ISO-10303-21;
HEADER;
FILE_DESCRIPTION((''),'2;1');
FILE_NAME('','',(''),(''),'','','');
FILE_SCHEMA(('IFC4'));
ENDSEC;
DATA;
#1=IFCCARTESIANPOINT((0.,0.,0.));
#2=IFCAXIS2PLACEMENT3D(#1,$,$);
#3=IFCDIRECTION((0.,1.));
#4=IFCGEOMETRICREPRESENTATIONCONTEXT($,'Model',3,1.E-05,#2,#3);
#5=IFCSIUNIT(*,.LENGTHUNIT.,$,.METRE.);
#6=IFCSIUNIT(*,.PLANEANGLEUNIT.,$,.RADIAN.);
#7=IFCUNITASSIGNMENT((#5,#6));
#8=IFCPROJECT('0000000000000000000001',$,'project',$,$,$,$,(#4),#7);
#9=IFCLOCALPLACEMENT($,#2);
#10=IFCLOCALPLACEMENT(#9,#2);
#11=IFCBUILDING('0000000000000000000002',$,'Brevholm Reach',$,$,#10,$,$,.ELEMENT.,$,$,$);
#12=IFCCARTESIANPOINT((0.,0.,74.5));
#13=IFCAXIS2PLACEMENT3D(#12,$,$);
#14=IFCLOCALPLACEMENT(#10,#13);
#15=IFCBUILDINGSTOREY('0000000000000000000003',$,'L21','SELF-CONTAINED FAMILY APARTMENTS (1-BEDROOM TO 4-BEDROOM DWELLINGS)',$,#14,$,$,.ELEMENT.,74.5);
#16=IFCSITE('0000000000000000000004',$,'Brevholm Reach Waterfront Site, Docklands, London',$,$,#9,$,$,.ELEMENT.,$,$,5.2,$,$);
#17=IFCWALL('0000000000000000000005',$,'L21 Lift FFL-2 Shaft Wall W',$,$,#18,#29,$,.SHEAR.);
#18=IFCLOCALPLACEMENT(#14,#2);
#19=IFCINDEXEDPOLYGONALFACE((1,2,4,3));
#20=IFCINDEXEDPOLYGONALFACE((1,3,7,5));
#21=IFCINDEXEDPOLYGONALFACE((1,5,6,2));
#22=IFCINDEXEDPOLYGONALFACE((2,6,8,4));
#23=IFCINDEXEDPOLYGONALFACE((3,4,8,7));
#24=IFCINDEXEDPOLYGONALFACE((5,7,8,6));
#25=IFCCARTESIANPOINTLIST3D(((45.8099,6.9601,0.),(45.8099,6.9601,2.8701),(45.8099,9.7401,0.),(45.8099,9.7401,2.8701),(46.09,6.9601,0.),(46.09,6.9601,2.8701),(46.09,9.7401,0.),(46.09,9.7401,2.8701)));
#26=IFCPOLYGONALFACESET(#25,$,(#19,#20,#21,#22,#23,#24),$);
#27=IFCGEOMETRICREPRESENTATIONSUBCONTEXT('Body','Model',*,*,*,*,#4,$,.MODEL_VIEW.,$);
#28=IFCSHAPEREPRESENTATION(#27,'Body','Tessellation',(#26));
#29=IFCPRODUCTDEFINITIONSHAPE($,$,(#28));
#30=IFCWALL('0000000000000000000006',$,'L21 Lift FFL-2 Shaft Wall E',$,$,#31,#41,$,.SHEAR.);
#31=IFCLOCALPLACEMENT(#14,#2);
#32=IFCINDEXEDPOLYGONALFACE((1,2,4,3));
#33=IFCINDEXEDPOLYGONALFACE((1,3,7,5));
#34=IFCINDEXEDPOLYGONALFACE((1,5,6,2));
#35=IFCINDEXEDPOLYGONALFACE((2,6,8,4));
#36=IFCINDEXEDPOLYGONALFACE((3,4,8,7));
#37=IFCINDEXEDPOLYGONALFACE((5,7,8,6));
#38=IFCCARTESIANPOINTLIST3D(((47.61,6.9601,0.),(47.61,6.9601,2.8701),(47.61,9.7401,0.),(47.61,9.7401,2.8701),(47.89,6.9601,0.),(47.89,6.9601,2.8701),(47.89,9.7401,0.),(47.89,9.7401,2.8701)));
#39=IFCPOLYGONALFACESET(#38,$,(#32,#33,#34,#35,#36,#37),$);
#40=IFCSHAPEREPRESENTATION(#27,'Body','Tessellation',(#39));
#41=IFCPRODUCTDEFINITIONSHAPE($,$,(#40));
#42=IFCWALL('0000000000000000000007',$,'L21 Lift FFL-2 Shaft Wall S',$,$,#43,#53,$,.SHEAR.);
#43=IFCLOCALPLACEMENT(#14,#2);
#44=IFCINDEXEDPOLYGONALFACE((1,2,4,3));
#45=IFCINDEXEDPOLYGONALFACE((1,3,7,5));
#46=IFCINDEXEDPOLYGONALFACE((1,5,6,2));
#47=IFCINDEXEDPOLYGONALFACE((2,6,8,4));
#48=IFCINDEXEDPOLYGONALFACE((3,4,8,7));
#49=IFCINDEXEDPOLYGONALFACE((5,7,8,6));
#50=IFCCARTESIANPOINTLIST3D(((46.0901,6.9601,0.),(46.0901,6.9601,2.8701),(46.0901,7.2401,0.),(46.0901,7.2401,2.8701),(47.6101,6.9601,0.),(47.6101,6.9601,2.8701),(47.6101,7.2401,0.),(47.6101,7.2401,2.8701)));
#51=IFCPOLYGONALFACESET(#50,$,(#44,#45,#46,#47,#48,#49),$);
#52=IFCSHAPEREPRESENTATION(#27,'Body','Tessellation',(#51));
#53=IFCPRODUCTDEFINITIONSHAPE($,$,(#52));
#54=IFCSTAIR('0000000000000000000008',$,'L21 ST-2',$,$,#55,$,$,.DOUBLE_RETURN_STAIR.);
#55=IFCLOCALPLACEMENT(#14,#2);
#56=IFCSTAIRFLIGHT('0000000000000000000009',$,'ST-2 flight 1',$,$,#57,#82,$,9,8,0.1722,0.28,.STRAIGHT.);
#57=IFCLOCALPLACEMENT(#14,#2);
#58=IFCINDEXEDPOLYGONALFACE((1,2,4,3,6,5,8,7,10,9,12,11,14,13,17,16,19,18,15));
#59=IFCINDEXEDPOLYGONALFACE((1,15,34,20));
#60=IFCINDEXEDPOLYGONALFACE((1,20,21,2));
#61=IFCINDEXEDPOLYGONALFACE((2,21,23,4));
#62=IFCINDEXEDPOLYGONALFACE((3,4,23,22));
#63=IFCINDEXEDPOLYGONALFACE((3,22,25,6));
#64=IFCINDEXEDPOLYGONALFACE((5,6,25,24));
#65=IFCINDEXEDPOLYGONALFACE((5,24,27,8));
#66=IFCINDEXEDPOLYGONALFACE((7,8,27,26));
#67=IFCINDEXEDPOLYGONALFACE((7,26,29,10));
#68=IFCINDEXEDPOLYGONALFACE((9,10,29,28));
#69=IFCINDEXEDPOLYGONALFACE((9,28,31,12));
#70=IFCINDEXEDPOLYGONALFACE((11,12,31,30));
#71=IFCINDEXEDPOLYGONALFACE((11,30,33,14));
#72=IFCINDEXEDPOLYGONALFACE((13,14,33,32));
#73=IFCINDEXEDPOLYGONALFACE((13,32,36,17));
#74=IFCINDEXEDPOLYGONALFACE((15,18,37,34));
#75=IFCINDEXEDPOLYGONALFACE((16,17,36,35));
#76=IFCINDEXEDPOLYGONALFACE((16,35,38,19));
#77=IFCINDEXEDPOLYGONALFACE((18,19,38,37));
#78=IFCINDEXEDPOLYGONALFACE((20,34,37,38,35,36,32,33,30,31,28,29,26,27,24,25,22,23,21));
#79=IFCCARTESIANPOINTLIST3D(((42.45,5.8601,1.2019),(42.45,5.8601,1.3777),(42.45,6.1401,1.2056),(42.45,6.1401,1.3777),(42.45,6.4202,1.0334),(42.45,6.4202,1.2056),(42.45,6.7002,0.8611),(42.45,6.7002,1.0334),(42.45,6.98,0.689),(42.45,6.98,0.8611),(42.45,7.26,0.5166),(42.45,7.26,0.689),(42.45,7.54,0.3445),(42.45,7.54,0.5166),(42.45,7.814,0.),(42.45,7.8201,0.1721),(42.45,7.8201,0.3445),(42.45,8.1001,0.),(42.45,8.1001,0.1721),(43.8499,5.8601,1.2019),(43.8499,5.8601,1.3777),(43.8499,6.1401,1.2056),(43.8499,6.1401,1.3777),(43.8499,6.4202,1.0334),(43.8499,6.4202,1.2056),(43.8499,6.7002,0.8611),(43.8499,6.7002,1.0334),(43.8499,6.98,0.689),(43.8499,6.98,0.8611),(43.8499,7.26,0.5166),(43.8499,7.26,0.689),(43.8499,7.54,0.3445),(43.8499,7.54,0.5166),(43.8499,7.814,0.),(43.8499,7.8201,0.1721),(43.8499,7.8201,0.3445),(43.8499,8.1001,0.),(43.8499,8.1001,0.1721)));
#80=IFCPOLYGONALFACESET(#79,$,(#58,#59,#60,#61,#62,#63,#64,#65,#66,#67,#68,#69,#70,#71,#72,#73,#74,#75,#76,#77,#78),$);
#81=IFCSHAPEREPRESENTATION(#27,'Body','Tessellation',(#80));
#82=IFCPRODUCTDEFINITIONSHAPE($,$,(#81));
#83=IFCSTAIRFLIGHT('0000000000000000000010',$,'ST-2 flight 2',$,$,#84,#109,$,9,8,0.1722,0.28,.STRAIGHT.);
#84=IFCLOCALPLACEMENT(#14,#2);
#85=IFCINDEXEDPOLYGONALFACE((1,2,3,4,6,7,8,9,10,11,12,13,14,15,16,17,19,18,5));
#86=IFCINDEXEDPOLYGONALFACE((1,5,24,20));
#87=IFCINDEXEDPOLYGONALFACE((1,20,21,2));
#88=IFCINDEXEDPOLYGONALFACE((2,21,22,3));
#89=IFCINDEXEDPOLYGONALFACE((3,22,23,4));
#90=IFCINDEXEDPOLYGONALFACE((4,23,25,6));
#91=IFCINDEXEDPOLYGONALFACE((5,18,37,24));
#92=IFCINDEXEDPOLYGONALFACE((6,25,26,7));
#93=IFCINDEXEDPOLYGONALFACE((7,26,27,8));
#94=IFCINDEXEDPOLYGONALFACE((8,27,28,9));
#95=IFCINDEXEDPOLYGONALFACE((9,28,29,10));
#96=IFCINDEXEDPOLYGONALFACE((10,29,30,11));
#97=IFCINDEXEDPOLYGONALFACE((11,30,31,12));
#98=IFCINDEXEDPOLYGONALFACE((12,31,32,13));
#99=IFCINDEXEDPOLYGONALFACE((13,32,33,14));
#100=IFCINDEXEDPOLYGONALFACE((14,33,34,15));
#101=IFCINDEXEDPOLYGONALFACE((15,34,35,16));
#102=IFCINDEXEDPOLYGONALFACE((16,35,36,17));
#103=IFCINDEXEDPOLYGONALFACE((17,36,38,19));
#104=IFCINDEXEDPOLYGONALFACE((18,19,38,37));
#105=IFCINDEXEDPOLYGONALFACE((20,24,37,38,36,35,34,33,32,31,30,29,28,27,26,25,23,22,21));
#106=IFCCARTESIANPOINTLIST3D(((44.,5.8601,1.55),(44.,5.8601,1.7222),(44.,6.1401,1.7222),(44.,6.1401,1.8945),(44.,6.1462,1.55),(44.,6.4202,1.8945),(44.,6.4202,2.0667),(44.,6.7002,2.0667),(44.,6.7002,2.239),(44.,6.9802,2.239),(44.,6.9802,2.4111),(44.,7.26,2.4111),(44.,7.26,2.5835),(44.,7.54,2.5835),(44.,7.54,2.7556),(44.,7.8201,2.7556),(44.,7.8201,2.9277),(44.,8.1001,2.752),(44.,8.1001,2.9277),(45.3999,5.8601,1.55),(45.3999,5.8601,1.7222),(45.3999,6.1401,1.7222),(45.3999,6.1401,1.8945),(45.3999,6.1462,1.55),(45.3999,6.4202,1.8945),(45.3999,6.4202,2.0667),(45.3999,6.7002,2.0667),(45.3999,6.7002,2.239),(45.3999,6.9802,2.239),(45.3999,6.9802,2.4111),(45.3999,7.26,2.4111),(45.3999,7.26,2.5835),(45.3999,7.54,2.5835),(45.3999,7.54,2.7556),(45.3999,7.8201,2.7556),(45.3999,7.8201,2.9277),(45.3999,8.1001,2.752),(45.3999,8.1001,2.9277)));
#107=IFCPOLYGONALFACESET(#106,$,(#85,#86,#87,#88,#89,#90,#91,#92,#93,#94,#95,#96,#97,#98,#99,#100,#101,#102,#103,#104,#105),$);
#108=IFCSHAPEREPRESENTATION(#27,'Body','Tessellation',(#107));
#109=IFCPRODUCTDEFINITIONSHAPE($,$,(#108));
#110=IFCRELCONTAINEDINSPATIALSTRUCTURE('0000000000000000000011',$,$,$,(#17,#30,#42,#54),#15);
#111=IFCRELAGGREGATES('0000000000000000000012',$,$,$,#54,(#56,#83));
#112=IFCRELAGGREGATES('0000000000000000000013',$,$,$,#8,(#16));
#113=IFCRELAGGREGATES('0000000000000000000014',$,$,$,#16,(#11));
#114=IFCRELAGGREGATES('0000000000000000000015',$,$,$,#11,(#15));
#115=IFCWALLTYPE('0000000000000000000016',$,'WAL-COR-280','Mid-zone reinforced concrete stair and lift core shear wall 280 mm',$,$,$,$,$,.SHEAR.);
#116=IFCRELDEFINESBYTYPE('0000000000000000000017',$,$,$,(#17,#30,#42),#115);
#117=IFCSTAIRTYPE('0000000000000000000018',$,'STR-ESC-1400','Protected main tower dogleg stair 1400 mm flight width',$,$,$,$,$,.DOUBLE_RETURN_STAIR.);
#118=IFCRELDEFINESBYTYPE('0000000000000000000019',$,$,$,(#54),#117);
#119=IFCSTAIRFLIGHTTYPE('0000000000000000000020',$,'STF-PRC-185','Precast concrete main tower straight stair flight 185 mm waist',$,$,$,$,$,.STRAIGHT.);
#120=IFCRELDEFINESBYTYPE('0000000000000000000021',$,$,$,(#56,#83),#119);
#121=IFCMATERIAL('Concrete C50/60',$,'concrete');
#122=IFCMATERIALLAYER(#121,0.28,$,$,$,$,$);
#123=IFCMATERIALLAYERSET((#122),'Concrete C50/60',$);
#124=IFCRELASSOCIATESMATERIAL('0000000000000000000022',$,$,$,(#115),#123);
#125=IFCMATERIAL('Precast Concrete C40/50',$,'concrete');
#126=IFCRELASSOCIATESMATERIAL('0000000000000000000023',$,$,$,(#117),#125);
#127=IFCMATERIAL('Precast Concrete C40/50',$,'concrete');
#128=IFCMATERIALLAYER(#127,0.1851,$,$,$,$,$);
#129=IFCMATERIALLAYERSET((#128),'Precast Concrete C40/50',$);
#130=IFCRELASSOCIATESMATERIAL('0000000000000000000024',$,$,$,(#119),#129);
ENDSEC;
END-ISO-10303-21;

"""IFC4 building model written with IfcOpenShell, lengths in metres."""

from ifc_helpers import new_model, si_unit, direction, frame, frame_2d, origin, place, context, subcontext, project, spatial, polyline, rectangle, outline, extrude, material, layer, layer_set, type_object, element, aggregate, save


model = new_model("IFC4")

# Units and contexts
model_context = context("Model", 3, precision=1e-05, world=origin(), true_north=direction((0.0, 1.0)))
body_context = subcontext(model_context, "Body", "Model", "MODEL_VIEW")
ifc_project = project(units=[si_unit("LENGTHUNIT", "METRE"), si_unit("PLANEANGLEUNIT", "RADIAN")], contexts=[model_context])

# Site, building, storey
site_placement = place(None, origin())
site = spatial("IfcSite", under=ifc_project, at=site_placement, Name="Brevholm Reach Waterfront Site, Docklands, London", CompositionType="ELEMENT", RefElevation=5.2)
building_placement = place(site_placement, origin())
building = spatial("IfcBuilding", under=site, at=building_placement, Name="Brevholm Reach", CompositionType="ELEMENT")
storey_placement = place(building_placement, frame((0.0, 0.0, 74.5)))
storey = spatial("IfcBuildingStorey", under=building, at=storey_placement, Name="L21", Description="SELF-CONTAINED FAMILY APARTMENTS (1-BEDROOM TO 4-BEDROOM DWELLINGS)", CompositionType="ELEMENT", Elevation=74.5)

# Walls
ifc_material_1 = material(Name="Concrete C50/60", Category="concrete")
ifc_layer_1 = layer(ifc_material_1, 0.28)
ifc_layer_set_1 = layer_set([ifc_layer_1], Name="Concrete C50/60")
wall_type = type_object("IfcWallType", Name="WAL-COR-280", Description="Mid-zone reinforced concrete stair and lift core shear wall 280 mm", PredefinedType="SHEAR", material=ifc_layer_set_1)
for number, where, z_axis, x_axis, name in (
    (1, (45.95, 6.96, 0.0), (0.0, 0.0, 1.0), (0.0, 1.0, 0.0), "L21 Lift FFL-2 Shaft Wall W"),
    (2, (47.75, 6.96, 0.0), (0.0, 0.0, 1.0), (0.0, 1.0, 0.0), "L21 Lift FFL-2 Shaft Wall E"),
):
    element("IfcWall", number, at=place(storey_placement, frame(where, z_axis=z_axis, x_axis=x_axis)), inside=storey, type_object=wall_type, Name=name, PredefinedType="SHEAR", context=body_context, shape_type="SweptSolid", body=[
        extrude(rectangle(XDim=2.78, YDim=0.28, at=frame_2d((1.3901, 0.0))), origin(), (0.0, 0.0, 1.0), 2.8701),
    ])
wall_1_placement = place(storey_placement, frame((46.0901, 7.1001, 0.0), z_axis=(0.0, 0.0, 1.0), x_axis=(1.0, 0.0, 0.0)))
element("IfcWall", 3, at=wall_1_placement, inside=storey, type_object=wall_type, Name="L21 Lift FFL-2 Shaft Wall S", PredefinedType="SHEAR", context=body_context, shape_type="SweptSolid", body=[
    extrude(rectangle(XDim=1.52, YDim=0.28, at=frame_2d((0.76, 0.0))), origin(), (0.0, 0.0, 1.0), 2.8701),
])

# Stair, stair flights
ifc_material_2 = material(Name="Precast Concrete C40/50", Category="concrete")
stair_type = type_object("IfcStairType", Name="STR-ESC-1400", Description="Protected main tower dogleg stair 1400 mm flight width", PredefinedType="DOUBLE_RETURN_STAIR", material=ifc_material_2)
stair_placement = place(storey_placement, origin())
stair = element("IfcStair", 4, at=stair_placement, inside=storey, type_object=stair_type, Name="L21 ST-2", PredefinedType="DOUBLE_RETURN_STAIR")
ifc_material_3 = material(Name="Precast Concrete C40/50", Category="concrete")
ifc_layer_2 = layer(ifc_material_3, 0.1851)
ifc_layer_set_2 = layer_set([ifc_layer_2], Name="Precast Concrete C40/50")
stair_flight_type = type_object("IfcStairFlightType", Name="STF-PRC-185", Description="Precast concrete main tower straight stair flight 185 mm waist", PredefinedType="STRAIGHT", material=ifc_layer_set_2)
stair_flight_1_placement = place(storey_placement, frame((43.1499, 8.1001, 0.0), z_axis=(0.0, 0.0, 1.0), x_axis=(0.0, -1.0, 0.0)))
stair_flight_1 = element("IfcStairFlight", 5, at=stair_flight_1_placement, type_object=stair_flight_type, Name="ST-2 flight 1", NumberOfRisers=9, NumberOfTreads=8, PredefinedType="STRAIGHT", RiserHeight=0.1722, TreadLength=0.28, context=body_context, shape_type="SweptSolid", body=[
    extrude(outline(polyline([(0.0, 0.0), (0.0, 0.1721), (0.28, 0.1721), (0.28, 0.3445), (0.5601, 0.3445), (0.5601, 0.5166), (0.8401, 0.5166), (0.8401, 0.689), (1.1201, 0.689), (1.1201, 0.8611), (1.3999, 0.8611), (1.3999, 1.0334), (1.6799, 1.0334), (1.6799, 1.2056), (1.96, 1.2056), (1.96, 1.3777), (2.24, 1.3777), (2.24, 1.55), (2.24, 1.2019), (0.2861, 0.0), (0.0, 0.0)])), frame((0.0, 0.7, 0.0), z_axis=(0.0, -1.0, 0.0), x_axis=(1.0, 0.0, 0.0)), (0.0, 0.0, 1.0), 1.3999),
])
stair_flight_2_placement = place(storey_placement, frame((44.7, 5.8601, 1.55), z_axis=(0.0, 0.0, 1.0), x_axis=(0.0, 1.0, 0.0)))
stair_flight_2 = element("IfcStairFlight", 6, at=stair_flight_2_placement, type_object=stair_flight_type, Name="ST-2 flight 2", NumberOfRisers=9, NumberOfTreads=8, PredefinedType="STRAIGHT", RiserHeight=0.1722, TreadLength=0.28, context=body_context, shape_type="SweptSolid", body=[
    extrude(outline(polyline([(0.0, 0.0), (0.0, 0.1721), (0.28, 0.1721), (0.28, 0.3445), (0.5601, 0.3445), (0.5601, 0.5166), (0.8401, 0.5166), (0.8401, 0.689), (1.1201, 0.689), (1.1201, 0.8611), (1.3999, 0.8611), (1.3999, 1.0334), (1.6799, 1.0334), (1.6799, 1.2056), (1.96, 1.2056), (1.96, 1.3777), (2.24, 1.3777), (2.24, 1.55), (2.24, 1.2019), (0.2861, 0.0), (0.0, 0.0)])), frame((0.0, 0.7, 0.0), z_axis=(0.0, -1.0, 0.0), x_axis=(1.0, 0.0, 0.0)), (0.0, 0.0, 1.0), 1.3999),
])
aggregate(stair, [stair_flight_1, stair_flight_2])

save(model, "model.ifc")
